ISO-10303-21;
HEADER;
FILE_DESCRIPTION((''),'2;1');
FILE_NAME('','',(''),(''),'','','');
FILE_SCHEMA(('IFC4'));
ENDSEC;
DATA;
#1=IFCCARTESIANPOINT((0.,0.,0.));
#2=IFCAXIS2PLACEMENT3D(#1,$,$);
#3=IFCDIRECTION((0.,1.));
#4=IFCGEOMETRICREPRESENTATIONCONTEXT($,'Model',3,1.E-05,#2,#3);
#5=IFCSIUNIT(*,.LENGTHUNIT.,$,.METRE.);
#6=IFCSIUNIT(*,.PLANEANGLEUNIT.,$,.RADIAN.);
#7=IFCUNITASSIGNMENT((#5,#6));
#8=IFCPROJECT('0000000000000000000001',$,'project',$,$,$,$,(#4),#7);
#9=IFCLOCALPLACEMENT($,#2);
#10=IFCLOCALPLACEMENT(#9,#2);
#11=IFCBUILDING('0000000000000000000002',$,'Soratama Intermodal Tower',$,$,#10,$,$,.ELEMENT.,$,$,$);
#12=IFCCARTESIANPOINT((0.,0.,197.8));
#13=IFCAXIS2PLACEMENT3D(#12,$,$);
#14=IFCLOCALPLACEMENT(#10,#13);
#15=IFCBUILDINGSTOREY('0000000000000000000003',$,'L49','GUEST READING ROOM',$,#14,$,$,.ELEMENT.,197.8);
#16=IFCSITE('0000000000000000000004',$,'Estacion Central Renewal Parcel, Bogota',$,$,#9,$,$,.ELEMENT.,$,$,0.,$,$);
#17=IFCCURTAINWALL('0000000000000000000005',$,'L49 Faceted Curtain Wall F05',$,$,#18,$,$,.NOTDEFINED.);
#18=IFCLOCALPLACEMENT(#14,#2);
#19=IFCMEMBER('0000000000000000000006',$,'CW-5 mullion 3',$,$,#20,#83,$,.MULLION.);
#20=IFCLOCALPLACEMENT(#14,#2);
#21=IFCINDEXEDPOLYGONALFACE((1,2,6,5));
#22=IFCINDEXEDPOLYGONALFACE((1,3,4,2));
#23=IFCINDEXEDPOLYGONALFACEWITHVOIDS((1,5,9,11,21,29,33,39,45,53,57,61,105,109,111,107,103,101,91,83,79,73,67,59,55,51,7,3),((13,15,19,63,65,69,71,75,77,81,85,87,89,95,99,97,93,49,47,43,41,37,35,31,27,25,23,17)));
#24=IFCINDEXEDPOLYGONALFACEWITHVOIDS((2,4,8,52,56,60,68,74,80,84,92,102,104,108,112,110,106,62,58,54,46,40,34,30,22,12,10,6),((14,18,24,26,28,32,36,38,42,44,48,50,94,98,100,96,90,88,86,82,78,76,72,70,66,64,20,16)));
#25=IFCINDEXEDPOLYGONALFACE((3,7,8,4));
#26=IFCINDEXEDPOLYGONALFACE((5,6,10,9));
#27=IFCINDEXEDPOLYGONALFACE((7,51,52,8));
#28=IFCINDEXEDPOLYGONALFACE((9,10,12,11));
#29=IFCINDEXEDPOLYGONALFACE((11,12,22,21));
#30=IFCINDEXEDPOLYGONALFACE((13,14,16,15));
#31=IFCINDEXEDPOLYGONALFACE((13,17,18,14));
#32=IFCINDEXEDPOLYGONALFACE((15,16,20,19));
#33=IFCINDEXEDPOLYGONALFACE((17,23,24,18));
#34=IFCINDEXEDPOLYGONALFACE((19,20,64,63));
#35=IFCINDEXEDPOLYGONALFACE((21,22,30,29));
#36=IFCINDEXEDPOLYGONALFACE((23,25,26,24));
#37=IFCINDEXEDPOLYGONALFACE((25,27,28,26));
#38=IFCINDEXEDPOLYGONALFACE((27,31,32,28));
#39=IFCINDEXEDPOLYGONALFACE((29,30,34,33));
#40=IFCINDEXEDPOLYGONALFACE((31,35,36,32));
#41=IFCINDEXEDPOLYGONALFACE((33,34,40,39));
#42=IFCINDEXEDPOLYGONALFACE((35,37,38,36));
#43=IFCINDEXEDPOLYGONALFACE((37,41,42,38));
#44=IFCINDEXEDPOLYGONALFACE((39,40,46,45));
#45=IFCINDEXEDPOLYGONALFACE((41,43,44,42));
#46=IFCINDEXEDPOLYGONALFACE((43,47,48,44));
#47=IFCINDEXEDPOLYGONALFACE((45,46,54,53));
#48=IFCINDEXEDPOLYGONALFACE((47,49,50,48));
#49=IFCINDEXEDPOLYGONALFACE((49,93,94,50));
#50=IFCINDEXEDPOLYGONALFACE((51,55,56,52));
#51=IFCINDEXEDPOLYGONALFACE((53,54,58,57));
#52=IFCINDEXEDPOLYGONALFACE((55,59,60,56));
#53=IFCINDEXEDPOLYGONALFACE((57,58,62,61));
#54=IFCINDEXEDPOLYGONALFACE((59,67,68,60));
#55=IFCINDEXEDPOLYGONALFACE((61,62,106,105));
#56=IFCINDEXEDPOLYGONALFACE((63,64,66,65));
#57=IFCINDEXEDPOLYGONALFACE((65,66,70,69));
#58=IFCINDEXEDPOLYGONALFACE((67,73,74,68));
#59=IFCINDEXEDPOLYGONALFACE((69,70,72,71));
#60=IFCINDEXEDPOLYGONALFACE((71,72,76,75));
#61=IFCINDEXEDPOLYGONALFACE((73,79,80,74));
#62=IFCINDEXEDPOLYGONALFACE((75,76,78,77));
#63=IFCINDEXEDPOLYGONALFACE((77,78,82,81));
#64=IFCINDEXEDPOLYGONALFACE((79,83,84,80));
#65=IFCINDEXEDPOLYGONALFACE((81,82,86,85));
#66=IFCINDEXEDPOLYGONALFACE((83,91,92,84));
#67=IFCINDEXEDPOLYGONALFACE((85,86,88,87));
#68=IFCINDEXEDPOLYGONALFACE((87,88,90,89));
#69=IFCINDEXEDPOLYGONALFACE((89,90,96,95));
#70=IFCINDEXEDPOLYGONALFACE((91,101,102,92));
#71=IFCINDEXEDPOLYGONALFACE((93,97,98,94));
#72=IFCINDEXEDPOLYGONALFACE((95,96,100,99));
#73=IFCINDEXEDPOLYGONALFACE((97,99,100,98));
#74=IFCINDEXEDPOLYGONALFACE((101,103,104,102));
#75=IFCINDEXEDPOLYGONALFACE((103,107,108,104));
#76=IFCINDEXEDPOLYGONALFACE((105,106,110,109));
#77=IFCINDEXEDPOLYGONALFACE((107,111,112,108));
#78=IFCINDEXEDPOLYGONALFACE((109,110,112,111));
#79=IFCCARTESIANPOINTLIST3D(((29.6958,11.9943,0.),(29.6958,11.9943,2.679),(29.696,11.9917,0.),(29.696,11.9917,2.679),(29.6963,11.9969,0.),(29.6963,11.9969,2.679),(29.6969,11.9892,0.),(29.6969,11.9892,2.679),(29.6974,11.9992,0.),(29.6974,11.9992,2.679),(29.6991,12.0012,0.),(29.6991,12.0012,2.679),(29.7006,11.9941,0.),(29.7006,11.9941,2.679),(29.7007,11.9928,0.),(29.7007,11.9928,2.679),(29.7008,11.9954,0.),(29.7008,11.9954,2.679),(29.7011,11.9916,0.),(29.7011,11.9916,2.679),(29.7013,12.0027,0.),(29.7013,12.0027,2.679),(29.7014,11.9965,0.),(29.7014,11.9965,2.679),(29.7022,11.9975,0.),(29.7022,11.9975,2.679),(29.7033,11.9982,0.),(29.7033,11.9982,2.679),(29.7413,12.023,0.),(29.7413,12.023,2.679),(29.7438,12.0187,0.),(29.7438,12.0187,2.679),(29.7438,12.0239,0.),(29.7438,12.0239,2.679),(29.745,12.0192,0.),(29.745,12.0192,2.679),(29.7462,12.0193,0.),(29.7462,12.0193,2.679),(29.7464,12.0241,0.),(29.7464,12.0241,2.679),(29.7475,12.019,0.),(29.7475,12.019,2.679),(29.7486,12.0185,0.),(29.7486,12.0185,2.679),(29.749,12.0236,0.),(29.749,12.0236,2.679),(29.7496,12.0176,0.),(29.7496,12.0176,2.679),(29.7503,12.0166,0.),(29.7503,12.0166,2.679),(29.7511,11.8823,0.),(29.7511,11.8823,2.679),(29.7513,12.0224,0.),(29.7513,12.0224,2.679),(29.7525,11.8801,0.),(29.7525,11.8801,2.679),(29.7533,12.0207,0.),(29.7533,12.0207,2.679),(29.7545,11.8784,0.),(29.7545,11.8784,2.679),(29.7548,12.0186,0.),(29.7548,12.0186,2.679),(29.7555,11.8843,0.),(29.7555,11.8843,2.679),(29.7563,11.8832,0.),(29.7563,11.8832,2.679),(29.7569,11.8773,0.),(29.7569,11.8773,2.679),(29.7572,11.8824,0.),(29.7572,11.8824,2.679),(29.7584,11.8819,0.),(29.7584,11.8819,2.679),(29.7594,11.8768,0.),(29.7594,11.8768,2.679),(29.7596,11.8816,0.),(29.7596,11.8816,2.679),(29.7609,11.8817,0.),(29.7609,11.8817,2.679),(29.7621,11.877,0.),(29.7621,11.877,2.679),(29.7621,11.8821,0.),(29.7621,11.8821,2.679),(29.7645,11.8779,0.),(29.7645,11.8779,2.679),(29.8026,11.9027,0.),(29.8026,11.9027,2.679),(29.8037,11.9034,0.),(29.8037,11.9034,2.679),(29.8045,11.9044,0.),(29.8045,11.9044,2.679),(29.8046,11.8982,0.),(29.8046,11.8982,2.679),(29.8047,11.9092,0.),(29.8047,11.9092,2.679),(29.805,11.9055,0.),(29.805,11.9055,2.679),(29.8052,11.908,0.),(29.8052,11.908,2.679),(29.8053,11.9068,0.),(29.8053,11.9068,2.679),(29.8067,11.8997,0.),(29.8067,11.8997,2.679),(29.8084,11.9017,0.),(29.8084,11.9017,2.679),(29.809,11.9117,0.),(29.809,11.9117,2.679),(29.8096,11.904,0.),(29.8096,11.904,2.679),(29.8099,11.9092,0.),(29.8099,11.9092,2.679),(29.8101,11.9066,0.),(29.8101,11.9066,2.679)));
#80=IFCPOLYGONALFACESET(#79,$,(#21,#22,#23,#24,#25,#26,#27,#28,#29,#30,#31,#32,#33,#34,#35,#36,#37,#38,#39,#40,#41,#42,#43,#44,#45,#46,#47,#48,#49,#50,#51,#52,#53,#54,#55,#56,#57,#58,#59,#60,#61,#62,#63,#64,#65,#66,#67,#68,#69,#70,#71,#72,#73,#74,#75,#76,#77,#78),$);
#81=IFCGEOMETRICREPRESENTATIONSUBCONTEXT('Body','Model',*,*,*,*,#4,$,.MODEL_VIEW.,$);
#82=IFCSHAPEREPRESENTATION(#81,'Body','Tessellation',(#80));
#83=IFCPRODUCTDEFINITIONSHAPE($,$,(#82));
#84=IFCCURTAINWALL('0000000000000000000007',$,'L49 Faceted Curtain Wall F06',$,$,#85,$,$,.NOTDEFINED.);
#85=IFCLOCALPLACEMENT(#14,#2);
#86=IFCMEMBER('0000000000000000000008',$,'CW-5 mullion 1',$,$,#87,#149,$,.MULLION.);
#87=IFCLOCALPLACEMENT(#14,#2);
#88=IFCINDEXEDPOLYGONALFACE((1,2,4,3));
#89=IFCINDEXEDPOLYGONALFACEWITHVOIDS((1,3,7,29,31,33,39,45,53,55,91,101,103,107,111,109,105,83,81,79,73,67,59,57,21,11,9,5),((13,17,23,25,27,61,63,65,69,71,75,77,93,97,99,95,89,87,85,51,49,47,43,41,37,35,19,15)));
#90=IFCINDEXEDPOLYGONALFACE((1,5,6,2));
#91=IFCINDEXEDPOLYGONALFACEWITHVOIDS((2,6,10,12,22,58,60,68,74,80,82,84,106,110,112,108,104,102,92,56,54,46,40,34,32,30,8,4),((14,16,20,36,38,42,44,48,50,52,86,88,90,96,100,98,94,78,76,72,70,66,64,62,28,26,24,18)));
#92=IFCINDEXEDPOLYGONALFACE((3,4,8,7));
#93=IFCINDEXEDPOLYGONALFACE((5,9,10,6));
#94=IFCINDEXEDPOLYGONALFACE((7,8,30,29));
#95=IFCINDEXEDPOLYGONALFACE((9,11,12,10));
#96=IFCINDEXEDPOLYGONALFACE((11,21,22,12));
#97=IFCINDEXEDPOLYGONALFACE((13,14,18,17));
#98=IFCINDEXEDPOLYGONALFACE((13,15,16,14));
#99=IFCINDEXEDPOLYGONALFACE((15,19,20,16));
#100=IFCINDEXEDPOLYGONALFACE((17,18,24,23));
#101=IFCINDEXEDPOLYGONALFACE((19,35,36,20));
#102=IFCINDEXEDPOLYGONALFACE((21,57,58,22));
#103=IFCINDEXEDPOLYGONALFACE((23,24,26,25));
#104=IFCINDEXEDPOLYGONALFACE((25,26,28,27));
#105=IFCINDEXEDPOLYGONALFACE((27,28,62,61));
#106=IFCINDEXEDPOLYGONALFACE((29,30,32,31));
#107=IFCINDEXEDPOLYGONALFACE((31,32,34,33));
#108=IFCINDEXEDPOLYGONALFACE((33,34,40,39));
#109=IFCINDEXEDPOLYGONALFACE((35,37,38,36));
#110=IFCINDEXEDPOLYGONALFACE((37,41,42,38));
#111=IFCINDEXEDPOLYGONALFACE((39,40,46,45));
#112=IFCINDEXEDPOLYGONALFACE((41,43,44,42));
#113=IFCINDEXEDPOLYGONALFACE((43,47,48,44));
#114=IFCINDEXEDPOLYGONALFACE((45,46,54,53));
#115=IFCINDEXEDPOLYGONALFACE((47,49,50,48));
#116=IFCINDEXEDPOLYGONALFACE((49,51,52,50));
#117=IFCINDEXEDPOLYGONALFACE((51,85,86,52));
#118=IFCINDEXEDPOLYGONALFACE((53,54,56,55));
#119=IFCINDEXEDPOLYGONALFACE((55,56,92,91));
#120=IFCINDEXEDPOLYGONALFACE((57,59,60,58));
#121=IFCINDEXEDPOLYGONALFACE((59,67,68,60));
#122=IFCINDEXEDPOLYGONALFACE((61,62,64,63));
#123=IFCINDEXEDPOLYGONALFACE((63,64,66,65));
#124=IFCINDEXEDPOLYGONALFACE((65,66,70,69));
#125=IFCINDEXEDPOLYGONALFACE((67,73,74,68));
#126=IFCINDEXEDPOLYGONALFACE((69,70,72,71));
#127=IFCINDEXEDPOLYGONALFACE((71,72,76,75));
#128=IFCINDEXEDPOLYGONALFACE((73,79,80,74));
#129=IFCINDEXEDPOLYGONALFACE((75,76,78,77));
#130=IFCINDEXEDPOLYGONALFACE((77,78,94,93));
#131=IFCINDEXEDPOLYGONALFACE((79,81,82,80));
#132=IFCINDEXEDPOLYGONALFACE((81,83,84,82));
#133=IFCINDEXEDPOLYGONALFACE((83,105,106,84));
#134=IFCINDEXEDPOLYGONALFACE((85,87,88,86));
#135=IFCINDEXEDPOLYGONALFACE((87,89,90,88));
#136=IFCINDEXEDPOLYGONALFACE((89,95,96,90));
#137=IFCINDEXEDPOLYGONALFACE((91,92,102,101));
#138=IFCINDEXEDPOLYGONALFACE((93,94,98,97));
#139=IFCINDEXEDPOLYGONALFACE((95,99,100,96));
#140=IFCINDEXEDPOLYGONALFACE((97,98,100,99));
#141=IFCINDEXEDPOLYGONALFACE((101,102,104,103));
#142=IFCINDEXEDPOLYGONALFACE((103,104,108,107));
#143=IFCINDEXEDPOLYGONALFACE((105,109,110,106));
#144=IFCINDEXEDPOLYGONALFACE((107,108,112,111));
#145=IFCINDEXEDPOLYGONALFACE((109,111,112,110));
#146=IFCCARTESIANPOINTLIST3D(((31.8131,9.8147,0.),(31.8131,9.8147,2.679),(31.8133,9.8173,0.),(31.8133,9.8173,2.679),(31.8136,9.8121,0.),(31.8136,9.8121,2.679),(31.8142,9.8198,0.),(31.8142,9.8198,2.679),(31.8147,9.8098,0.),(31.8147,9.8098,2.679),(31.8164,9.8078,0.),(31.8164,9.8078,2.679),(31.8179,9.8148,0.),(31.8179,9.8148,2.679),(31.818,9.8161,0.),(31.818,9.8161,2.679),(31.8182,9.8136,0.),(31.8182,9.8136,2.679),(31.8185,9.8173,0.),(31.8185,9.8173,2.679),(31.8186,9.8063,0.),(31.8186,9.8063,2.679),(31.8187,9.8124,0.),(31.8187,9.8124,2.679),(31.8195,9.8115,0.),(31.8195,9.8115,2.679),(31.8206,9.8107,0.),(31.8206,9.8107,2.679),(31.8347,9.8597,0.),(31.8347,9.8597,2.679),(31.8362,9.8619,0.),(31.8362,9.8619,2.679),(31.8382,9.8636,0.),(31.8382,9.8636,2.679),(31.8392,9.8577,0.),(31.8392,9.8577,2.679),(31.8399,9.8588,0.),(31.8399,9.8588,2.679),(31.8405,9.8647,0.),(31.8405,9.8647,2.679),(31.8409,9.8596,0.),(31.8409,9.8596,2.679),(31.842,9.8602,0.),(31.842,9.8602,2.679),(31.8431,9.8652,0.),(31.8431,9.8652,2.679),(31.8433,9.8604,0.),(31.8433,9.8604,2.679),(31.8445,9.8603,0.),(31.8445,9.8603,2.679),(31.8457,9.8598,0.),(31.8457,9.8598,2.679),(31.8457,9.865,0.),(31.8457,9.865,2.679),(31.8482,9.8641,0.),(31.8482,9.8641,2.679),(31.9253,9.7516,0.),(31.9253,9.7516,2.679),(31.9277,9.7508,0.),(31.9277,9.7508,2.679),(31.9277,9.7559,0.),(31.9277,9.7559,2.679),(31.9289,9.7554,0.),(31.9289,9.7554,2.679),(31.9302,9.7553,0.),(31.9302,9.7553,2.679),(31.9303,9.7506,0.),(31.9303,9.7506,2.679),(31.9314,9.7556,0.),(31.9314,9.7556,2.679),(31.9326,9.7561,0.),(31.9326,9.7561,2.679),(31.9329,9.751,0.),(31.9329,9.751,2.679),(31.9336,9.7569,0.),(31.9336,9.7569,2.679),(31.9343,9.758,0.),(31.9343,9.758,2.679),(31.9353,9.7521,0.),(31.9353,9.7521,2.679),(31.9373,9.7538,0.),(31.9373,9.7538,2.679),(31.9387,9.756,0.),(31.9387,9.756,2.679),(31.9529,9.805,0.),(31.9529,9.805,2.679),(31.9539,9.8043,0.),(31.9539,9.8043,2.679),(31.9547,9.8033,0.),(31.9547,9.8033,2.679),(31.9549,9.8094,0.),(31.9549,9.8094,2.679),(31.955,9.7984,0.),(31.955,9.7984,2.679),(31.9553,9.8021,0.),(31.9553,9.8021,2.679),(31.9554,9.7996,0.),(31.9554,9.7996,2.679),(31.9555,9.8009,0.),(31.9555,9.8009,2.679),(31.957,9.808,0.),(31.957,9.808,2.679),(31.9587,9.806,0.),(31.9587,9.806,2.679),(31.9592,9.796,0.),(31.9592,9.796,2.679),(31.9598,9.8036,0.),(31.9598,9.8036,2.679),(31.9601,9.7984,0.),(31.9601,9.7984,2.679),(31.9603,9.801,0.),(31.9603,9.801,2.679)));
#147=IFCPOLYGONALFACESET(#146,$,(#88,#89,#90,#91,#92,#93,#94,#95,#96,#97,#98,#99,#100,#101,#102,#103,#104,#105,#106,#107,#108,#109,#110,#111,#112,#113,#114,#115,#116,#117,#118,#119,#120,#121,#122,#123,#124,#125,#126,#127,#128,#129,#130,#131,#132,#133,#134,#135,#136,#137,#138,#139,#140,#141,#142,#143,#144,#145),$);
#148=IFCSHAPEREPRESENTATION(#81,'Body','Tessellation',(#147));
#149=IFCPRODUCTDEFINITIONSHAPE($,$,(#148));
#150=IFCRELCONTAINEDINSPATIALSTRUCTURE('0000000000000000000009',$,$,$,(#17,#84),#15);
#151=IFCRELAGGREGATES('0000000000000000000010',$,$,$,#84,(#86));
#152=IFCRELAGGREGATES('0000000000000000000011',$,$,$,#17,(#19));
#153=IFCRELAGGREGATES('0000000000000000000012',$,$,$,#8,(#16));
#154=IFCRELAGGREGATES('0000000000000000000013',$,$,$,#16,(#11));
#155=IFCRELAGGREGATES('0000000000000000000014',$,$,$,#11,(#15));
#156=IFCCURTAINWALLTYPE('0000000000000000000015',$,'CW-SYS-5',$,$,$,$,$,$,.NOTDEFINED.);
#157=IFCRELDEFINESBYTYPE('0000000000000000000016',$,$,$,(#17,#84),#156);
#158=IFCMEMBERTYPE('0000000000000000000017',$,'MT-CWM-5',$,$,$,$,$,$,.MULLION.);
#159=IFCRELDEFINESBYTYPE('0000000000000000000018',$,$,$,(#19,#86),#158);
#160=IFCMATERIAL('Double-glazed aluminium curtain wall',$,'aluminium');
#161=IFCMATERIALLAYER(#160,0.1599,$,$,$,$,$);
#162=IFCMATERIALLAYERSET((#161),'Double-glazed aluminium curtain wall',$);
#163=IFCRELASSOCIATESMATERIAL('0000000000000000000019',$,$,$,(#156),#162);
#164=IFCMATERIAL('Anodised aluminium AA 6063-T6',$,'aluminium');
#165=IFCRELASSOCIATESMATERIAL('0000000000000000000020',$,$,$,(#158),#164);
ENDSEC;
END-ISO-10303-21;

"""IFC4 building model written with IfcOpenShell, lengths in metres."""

from ifc_helpers import new_model, si_unit, direction, frame, origin, origin_2d, place, context, subcontext, project, spatial, hollow_rectangle, extrude, material, layer, layer_set, material_profile, profile_set, type_object, element, aggregate, save


model = new_model("IFC4")

# Units and contexts
model_context = context("Model", 3, precision=1e-05, world=origin(), true_north=direction((0.0, 1.0)))
body_context = subcontext(model_context, "Body", "Model", "MODEL_VIEW")
ifc_project = project(units=[si_unit("LENGTHUNIT", "METRE"), si_unit("PLANEANGLEUNIT", "RADIAN")], contexts=[model_context])

# Site, building, storey
site_placement = place(None, origin())
site = spatial("IfcSite", under=ifc_project, at=site_placement, Name="Estacion Central Renewal Parcel, Bogota", CompositionType="ELEMENT", RefElevation=0.0)
building_placement = place(site_placement, origin())
building = spatial("IfcBuilding", under=site, at=building_placement, Name="Soratama Intermodal Tower", CompositionType="ELEMENT")
storey_placement = place(building_placement, frame((0.0, 0.0, 197.8)))
storey = spatial("IfcBuildingStorey", under=building, at=storey_placement, Name="L49", Description="GUEST READING ROOM", CompositionType="ELEMENT", Elevation=197.8)

# Curtain walls, members
ifc_material_1 = material(Name="Double-glazed aluminium curtain wall", Category="aluminium")
ifc_layer_1 = layer(ifc_material_1, 0.1599)
ifc_layer_set_1 = layer_set([ifc_layer_1], Name="Double-glazed aluminium curtain wall")
curtain_wall_type = type_object("IfcCurtainWallType", Name="CW-SYS-5", PredefinedType="NOTDEFINED", material=ifc_layer_set_1)
curtain_wall_1_placement = place(storey_placement, origin())
curtain_wall_1 = element("IfcCurtainWall", 1, at=curtain_wall_1_placement, inside=storey, type_object=curtain_wall_type, Name="L49 Faceted Curtain Wall F05", PredefinedType="NOTDEFINED")
ifc_material_2 = material(Name="Anodised aluminium AA 6063-T6", Category="aluminium")
ifc_material_profile_1 = material_profile(ifc_material_2, hollow_rectangle(XDim=0.0649, YDim=0.1399, WallThickness=0.0049, InnerFilletRadius=0.0049, OuterFilletRadius=0.01, at=origin_2d()), Name="CWM140X65X5")
ifc_profile_set_1 = profile_set([ifc_material_profile_1], Name="Anodised aluminium AA 6063-T6")
member_type_1 = type_object("IfcMemberType", Name="MT-CWM-5", PredefinedType="MULLION", material=ifc_profile_set_1)
member_1_placement = place(storey_placement, frame((29.7529, 11.9504, 0.0), z_axis=(0.0, 0.0, 1.0), x_axis=(0.891958, 0.452119, 0.0)))
member_1 = element("IfcMember", 2, at=member_1_placement, type_object=member_type_1, Name="CW-5 mullion 3", PredefinedType="MULLION", context=body_context, shape_type="SweptSolid", body=[
    extrude(hollow_rectangle(XDim=0.0649, YDim=0.1399, WallThickness=0.0049, InnerFilletRadius=0.0049, OuterFilletRadius=0.01, at=origin_2d()), origin(), (0.0, 0.0, 1.0), 2.679),
])
curtain_wall_2_placement = place(storey_placement, origin())
curtain_wall_2 = element("IfcCurtainWall", 3, at=curtain_wall_2_placement, inside=storey, type_object=curtain_wall_type, Name="L49 Faceted Curtain Wall F06", PredefinedType="NOTDEFINED")
member_2_placement = place(storey_placement, frame((31.8867, 9.8079, 0.0), z_axis=(0.0, 0.0, 1.0), x_axis=(0.45586, 0.890051, 0.0)))
member_2 = element("IfcMember", 4, at=member_2_placement, type_object=member_type_1, Name="CW-5 mullion 1", PredefinedType="MULLION", context=body_context, shape_type="SweptSolid", body=[
    extrude(hollow_rectangle(XDim=0.0649, YDim=0.1399, WallThickness=0.0049, InnerFilletRadius=0.0049, OuterFilletRadius=0.01, at=origin_2d()), origin(), (0.0, 0.0, 1.0), 2.679),
])

aggregate(curtain_wall_2, [member_2])

aggregate(curtain_wall_1, [member_1])

save(model, "model.ifc")
